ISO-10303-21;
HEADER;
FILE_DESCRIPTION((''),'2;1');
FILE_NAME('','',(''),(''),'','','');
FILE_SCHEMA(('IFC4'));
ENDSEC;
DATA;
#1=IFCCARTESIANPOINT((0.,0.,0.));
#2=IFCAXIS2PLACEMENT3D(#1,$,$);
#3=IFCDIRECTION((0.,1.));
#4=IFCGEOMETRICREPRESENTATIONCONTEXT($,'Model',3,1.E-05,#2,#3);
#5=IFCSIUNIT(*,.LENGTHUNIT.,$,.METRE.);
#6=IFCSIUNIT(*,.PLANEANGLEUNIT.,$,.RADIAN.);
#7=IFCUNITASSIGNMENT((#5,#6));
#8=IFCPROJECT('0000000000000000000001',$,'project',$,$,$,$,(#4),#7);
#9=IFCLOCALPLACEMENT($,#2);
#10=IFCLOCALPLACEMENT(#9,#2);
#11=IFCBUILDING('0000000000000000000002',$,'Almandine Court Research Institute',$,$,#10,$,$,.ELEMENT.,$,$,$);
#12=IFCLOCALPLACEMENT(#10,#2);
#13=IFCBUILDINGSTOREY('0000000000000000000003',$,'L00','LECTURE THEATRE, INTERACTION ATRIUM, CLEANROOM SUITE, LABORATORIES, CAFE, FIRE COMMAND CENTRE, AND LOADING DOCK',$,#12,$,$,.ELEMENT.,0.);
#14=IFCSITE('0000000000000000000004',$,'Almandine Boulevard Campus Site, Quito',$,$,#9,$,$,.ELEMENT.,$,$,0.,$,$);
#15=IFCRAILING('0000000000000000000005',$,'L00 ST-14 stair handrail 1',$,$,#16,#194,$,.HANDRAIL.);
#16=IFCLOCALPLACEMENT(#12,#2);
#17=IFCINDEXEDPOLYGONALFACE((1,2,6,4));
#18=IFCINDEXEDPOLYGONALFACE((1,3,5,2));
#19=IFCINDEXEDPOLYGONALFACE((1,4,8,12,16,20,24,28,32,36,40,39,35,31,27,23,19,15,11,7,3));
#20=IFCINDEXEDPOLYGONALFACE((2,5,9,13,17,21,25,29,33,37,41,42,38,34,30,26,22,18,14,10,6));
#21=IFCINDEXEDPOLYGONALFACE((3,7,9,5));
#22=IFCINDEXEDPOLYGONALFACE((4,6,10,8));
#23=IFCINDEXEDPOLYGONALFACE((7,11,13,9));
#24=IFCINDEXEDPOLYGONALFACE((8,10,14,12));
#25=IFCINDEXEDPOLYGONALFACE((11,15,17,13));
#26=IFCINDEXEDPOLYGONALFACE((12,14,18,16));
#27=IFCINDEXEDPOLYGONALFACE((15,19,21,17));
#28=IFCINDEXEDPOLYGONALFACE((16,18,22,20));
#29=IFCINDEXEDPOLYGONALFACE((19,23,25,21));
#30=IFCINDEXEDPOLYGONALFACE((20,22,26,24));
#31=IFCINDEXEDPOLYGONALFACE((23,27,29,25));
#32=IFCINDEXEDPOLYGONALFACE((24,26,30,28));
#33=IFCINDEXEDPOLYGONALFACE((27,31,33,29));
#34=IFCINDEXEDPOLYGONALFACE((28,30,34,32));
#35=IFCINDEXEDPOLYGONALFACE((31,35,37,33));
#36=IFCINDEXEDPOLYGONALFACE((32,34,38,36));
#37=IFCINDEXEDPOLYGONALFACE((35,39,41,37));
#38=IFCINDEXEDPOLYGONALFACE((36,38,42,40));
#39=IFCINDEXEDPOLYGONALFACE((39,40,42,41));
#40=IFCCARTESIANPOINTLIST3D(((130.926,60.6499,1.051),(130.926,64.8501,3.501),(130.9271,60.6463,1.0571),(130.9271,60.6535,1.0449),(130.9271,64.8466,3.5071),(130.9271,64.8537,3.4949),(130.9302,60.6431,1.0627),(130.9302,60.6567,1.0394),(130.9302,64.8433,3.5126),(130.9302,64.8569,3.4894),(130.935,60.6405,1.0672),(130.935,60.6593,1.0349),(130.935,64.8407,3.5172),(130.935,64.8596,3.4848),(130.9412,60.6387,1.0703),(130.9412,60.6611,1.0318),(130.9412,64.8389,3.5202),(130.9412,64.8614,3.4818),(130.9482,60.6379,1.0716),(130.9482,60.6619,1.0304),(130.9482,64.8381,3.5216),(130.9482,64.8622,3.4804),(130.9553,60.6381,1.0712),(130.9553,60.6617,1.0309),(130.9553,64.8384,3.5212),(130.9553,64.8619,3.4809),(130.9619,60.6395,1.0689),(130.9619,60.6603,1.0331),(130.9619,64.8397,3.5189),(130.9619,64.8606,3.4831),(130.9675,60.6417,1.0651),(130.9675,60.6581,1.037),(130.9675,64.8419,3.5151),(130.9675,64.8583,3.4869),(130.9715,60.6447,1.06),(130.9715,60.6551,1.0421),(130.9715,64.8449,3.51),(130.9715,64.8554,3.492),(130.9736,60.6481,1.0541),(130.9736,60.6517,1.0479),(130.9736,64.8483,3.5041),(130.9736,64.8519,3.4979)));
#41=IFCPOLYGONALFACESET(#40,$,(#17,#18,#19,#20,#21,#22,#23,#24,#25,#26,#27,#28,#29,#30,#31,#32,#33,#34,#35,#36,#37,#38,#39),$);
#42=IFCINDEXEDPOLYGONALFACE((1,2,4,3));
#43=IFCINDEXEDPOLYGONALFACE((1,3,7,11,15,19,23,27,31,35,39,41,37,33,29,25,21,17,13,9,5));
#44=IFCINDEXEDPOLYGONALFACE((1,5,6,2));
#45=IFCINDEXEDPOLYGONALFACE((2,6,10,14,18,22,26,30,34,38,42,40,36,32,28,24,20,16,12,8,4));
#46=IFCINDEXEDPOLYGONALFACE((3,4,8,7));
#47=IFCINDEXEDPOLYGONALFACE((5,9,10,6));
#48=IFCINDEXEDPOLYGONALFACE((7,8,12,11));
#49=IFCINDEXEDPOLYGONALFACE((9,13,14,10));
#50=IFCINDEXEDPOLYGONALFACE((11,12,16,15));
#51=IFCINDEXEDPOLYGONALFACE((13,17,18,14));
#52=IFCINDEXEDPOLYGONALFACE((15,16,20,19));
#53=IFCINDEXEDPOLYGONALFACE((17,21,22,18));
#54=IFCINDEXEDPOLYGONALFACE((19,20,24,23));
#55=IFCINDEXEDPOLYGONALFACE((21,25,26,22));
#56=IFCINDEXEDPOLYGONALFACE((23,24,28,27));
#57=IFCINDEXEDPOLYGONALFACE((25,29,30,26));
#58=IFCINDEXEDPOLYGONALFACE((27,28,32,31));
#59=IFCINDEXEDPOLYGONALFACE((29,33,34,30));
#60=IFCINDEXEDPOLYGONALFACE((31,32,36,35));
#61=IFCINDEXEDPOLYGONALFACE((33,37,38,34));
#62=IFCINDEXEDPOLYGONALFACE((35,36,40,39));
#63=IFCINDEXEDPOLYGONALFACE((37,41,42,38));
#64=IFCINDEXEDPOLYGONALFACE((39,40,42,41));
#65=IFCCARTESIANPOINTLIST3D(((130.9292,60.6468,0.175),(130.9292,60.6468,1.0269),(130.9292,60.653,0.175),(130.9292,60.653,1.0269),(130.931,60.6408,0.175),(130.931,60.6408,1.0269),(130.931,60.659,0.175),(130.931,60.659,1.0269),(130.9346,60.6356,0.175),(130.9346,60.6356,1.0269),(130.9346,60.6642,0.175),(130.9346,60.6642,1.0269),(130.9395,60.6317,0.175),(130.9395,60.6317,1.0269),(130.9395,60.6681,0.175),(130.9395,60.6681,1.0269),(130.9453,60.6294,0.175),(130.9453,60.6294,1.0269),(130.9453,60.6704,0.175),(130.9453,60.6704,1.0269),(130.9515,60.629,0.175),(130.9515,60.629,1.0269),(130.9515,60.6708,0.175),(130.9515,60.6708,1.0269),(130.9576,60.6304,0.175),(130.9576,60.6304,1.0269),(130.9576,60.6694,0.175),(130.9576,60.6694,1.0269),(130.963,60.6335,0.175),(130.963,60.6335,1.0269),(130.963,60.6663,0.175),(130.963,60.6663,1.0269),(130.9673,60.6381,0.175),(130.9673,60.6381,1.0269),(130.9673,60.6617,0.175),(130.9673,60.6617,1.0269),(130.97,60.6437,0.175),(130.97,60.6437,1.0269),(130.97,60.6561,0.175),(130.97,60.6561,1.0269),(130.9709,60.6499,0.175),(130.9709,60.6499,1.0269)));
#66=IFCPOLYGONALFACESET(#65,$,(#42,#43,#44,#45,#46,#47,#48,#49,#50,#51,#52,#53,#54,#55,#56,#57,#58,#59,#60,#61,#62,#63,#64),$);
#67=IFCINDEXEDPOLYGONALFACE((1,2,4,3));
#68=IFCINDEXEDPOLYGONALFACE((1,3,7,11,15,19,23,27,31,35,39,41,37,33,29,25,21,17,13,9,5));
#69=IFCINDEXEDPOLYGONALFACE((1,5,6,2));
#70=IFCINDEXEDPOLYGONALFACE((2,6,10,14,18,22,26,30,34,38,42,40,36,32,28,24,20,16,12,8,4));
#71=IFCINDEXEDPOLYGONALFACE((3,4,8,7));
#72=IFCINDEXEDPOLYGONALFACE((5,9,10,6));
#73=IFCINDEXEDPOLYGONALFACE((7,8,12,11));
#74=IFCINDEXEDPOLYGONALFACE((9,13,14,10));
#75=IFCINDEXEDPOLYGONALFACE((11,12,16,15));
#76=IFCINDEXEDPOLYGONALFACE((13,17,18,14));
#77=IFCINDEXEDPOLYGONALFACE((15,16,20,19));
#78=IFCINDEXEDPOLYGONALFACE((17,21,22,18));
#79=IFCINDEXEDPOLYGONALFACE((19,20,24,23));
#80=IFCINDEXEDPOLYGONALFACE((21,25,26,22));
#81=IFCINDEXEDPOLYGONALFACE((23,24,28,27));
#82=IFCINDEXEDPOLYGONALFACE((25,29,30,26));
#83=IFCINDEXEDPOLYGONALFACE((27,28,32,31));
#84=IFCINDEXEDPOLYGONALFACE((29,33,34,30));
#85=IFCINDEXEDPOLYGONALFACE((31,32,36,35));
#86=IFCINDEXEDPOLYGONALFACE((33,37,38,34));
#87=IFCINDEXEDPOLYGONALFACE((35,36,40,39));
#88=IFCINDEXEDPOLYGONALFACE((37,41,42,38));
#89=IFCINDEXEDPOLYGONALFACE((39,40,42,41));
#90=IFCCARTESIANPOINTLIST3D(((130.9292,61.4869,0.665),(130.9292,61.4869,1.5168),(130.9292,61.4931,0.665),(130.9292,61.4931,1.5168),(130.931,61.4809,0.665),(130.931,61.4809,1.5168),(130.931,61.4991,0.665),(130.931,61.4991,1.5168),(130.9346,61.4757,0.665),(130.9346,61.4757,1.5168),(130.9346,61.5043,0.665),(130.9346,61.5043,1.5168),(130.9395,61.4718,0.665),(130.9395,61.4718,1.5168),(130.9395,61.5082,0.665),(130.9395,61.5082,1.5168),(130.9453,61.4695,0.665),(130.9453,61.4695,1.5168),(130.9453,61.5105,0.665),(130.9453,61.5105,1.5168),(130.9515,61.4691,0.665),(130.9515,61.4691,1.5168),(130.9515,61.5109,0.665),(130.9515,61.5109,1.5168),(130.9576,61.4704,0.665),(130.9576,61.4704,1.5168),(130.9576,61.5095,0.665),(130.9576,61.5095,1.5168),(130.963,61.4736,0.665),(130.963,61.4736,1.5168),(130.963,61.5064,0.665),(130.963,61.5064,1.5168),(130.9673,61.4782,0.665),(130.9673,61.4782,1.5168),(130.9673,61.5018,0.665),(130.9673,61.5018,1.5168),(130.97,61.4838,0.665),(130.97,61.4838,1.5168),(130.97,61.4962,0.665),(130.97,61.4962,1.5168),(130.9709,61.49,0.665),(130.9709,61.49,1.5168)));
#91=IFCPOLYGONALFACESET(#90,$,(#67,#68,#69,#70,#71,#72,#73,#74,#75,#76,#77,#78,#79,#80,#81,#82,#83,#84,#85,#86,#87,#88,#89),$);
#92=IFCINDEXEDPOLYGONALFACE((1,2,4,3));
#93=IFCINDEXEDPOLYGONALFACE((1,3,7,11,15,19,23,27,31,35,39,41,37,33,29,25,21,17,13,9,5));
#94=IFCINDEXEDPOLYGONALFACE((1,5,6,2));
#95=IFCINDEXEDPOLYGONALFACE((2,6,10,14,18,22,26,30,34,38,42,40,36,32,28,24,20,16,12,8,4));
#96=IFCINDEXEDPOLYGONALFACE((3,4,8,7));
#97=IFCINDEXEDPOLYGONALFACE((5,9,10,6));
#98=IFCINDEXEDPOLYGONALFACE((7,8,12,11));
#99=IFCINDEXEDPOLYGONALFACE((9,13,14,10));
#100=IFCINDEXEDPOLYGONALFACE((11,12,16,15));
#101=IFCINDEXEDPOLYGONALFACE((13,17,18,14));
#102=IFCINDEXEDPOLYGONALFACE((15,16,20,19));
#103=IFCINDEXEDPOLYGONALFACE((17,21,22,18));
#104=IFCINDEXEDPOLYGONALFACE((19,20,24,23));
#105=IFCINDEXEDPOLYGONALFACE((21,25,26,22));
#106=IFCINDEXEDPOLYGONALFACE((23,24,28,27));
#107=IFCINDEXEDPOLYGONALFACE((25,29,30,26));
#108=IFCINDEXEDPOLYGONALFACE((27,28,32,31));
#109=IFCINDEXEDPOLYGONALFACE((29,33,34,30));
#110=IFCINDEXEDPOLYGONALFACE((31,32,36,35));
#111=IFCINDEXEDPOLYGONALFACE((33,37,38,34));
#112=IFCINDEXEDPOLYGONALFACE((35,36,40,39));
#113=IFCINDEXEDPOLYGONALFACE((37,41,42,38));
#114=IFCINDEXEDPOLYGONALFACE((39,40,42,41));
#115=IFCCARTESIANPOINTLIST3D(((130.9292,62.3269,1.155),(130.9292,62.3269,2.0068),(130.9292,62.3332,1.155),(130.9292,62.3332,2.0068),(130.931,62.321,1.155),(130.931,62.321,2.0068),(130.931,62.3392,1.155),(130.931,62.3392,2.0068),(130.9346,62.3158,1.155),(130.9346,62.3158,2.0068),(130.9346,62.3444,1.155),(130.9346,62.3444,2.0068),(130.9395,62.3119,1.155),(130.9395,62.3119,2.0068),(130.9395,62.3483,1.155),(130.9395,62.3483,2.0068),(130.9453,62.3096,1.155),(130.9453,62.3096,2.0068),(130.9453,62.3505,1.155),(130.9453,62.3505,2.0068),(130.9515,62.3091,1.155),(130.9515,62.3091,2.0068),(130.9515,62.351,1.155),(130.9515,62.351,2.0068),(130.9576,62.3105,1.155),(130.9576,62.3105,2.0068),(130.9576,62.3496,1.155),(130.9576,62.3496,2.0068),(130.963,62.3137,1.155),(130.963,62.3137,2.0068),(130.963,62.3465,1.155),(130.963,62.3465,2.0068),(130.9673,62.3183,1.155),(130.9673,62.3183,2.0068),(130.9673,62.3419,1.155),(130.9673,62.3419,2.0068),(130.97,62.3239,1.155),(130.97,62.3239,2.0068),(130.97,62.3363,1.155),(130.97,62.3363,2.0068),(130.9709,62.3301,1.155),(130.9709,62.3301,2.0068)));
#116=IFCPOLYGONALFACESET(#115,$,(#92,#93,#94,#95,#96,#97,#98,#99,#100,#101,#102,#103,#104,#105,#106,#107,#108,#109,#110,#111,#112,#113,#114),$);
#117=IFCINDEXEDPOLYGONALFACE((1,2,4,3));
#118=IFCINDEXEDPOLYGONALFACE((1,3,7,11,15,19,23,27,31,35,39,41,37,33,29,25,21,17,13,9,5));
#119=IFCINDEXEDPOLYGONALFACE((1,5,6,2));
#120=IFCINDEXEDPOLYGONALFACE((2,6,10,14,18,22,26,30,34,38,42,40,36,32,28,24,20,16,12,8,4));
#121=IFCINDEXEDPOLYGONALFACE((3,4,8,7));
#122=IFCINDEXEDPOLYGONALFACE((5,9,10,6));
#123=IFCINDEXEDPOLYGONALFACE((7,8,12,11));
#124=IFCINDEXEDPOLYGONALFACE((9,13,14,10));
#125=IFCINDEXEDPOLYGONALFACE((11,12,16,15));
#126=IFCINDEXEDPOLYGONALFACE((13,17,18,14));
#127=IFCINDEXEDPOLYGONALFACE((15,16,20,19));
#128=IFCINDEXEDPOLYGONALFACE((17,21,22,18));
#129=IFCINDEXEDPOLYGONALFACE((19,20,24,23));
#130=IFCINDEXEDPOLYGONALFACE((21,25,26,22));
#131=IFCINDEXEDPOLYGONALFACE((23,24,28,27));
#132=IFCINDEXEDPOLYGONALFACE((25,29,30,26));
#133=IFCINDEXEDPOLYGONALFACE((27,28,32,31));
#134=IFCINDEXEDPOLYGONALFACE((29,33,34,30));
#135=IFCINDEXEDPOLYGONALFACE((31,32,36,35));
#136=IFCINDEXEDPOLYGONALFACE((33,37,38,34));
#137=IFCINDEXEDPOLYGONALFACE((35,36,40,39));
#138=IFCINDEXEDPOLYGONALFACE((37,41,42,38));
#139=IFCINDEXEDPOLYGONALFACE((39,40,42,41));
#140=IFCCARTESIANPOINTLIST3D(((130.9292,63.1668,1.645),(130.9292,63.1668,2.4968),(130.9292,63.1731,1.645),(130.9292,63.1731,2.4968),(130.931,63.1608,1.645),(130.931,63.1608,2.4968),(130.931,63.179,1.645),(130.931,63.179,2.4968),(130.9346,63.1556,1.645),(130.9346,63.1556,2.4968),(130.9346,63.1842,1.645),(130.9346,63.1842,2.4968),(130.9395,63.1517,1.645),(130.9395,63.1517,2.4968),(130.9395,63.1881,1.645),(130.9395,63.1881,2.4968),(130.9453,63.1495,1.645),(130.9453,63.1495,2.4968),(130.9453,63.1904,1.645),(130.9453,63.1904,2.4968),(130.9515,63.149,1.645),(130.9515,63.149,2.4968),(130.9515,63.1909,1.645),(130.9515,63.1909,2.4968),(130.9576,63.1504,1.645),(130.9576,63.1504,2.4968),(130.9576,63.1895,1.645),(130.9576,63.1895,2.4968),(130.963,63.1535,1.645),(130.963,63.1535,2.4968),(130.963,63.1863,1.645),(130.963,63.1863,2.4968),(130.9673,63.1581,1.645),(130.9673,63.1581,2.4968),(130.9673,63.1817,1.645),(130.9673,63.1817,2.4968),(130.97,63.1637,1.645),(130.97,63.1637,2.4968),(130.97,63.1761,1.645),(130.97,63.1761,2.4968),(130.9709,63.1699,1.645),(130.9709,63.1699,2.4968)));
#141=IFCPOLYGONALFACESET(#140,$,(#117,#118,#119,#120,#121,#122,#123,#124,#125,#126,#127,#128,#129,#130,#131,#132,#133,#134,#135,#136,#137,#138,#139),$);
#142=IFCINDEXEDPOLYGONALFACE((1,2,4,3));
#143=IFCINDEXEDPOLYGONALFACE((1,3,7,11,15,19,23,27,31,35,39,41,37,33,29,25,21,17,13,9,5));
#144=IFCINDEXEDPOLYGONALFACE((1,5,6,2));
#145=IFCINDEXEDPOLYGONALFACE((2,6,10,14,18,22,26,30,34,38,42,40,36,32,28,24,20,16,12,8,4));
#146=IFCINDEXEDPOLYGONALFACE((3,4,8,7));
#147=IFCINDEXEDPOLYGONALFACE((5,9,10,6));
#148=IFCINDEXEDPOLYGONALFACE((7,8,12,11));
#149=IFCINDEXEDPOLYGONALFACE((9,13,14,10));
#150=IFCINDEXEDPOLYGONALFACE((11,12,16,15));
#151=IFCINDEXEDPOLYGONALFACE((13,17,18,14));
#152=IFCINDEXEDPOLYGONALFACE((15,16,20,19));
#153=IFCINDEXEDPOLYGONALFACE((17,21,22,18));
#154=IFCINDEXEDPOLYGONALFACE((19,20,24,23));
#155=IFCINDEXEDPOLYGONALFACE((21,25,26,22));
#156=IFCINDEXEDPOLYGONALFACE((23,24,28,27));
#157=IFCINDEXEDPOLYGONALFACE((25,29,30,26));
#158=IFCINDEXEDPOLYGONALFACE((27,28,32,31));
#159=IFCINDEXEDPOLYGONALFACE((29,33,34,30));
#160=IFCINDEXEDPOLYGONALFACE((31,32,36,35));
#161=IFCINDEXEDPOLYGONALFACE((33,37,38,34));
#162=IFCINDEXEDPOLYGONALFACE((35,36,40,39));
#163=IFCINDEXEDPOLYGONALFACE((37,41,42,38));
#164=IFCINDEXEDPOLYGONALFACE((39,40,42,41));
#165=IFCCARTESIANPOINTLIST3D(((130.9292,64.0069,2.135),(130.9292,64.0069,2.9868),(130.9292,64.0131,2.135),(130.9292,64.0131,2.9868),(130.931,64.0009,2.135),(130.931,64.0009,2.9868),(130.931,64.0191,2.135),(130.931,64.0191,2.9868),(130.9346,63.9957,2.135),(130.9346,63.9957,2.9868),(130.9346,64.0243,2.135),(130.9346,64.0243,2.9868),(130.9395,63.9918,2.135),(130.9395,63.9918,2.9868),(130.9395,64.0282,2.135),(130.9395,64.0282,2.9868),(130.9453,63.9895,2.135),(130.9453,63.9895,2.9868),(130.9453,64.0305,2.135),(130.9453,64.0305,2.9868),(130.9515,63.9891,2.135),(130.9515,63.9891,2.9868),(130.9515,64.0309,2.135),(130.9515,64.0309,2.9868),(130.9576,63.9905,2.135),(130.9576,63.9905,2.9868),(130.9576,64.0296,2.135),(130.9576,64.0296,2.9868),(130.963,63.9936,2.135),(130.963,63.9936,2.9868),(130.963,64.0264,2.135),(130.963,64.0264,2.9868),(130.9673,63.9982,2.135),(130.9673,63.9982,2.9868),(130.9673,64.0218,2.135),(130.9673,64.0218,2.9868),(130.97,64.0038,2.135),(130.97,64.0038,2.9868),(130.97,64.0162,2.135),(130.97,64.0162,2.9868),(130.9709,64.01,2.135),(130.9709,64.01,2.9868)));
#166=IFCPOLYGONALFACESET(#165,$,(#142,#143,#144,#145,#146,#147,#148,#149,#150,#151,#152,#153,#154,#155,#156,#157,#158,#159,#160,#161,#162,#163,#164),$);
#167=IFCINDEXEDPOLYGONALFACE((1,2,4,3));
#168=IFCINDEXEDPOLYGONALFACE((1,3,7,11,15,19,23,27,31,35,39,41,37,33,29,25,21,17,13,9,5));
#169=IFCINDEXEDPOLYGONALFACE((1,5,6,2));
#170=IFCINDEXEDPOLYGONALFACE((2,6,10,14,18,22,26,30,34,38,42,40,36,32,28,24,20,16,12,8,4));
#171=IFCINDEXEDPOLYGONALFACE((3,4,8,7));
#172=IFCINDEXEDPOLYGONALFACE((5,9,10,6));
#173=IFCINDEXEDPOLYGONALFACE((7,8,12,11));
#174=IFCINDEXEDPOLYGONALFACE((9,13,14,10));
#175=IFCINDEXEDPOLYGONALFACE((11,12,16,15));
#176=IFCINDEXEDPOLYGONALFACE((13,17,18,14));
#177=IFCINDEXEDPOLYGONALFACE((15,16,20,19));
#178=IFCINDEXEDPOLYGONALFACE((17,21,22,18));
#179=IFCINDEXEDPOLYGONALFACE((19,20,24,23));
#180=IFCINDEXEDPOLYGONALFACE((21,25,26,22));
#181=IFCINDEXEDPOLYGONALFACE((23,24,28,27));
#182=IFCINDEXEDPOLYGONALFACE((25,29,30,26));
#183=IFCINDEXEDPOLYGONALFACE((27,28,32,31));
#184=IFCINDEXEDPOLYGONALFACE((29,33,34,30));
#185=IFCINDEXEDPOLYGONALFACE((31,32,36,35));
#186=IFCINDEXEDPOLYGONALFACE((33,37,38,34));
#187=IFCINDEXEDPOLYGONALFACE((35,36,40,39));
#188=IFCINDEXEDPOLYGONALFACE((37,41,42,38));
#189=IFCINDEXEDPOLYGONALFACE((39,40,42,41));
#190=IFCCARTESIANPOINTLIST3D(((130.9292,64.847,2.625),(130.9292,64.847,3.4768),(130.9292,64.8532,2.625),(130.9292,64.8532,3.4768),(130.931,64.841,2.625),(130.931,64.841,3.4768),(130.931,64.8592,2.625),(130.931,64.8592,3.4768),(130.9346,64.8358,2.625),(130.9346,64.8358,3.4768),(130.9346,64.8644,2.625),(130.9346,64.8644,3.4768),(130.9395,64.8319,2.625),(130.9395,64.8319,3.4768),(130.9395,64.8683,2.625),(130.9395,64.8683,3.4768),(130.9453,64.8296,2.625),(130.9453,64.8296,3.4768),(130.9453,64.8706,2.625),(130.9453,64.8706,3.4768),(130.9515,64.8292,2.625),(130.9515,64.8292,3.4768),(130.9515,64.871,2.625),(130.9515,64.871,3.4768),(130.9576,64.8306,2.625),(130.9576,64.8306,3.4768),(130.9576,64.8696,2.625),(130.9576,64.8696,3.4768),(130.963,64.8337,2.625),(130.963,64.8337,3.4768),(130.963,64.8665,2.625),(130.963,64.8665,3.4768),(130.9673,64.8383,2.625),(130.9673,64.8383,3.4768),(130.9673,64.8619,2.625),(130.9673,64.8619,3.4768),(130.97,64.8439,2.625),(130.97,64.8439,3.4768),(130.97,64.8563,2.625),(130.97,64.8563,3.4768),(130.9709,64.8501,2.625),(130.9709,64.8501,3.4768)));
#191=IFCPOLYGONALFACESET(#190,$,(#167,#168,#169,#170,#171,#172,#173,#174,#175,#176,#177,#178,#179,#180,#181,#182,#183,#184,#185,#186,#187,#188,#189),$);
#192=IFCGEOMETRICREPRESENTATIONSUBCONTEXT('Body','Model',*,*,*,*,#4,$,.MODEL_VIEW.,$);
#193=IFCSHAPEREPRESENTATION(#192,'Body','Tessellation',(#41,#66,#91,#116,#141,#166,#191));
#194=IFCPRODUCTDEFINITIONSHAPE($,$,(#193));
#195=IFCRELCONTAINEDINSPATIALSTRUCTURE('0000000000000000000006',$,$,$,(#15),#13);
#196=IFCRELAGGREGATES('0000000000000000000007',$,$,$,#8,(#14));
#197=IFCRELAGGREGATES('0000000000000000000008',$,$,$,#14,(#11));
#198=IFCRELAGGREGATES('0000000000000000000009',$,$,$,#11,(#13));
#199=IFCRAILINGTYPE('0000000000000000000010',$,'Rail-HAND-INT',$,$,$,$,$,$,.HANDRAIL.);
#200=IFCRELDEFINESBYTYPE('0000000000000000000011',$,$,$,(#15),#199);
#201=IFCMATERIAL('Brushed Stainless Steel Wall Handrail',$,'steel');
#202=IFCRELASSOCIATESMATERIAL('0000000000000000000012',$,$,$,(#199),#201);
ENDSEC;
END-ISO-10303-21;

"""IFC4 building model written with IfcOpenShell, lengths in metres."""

from ifc_helpers import new_model, si_unit, direction, frame, origin, origin_2d, place, context, subcontext, project, spatial, circle, extrude, material, type_object, element, save


model = new_model("IFC4")

# Units and contexts
model_context = context("Model", 3, precision=1e-05, world=origin(), true_north=direction((0.0, 1.0)))
body_context = subcontext(model_context, "Body", "Model", "MODEL_VIEW")
ifc_project = project(units=[si_unit("LENGTHUNIT", "METRE"), si_unit("PLANEANGLEUNIT", "RADIAN")], contexts=[model_context])

# Site, building, storey
site_placement = place(None, origin())
site = spatial("IfcSite", under=ifc_project, at=site_placement, Name="Almandine Boulevard Campus Site, Quito", CompositionType="ELEMENT", RefElevation=0.0)
building_placement = place(site_placement, origin())
building = spatial("IfcBuilding", under=site, at=building_placement, Name="Almandine Court Research Institute", CompositionType="ELEMENT")
storey_placement = place(building_placement, origin())
storey = spatial("IfcBuildingStorey", under=building, at=storey_placement, Name="L00", Description="LECTURE THEATRE, INTERACTION ATRIUM, CLEANROOM SUITE, LABORATORIES, CAFE, FIRE COMMAND CENTRE, AND LOADING DOCK", CompositionType="ELEMENT", Elevation=0.0)

# Railing
ifc_material_1 = material(Name="Brushed Stainless Steel Wall Handrail", Category="steel")
railing_type_1 = type_object("IfcRailingType", Name="Rail-HAND-INT", PredefinedType="HANDRAIL", material=ifc_material_1)
railing_1_placement = place(storey_placement, frame((130.95, 60.6499, 0.175)))
element("IfcRailing", 1, at=railing_1_placement, inside=storey, type_object=railing_type_1, Name="L00 ST-14 stair handrail 1", PredefinedType="HANDRAIL", context=body_context, shape_type="SweptSolid", body=[
    extrude(circle(Radius=0.0239, at=origin_2d()), frame((0.0, 0.0, 0.876), z_axis=(0.0, 0.863793, 0.503846), x_axis=(-1.0, 0.0, 0.0)), (0.0, 0.0, 1.0), 4.8625),
    extrude(circle(Radius=0.021, at=origin_2d()), origin(), (0.0, 0.0, 1.0), 0.8518),
    extrude(circle(Radius=0.021, at=origin_2d()), frame((0.0, 0.8401, 0.49)), (0.0, 0.0, 1.0), 0.8518),
    extrude(circle(Radius=0.021, at=origin_2d()), frame((0.0, 1.6802, 0.98)), (0.0, 0.0, 1.0), 0.8518),
    extrude(circle(Radius=0.021, at=origin_2d()), frame((0.0, 2.52, 1.47)), (0.0, 0.0, 1.0), 0.8518),
    extrude(circle(Radius=0.021, at=origin_2d()), frame((0.0, 3.3601, 1.96)), (0.0, 0.0, 1.0), 0.8518),
    extrude(circle(Radius=0.021, at=origin_2d()), frame((0.0, 4.2002, 2.45)), (0.0, 0.0, 1.0), 0.8518),
])

save(model, "model.ifc")
